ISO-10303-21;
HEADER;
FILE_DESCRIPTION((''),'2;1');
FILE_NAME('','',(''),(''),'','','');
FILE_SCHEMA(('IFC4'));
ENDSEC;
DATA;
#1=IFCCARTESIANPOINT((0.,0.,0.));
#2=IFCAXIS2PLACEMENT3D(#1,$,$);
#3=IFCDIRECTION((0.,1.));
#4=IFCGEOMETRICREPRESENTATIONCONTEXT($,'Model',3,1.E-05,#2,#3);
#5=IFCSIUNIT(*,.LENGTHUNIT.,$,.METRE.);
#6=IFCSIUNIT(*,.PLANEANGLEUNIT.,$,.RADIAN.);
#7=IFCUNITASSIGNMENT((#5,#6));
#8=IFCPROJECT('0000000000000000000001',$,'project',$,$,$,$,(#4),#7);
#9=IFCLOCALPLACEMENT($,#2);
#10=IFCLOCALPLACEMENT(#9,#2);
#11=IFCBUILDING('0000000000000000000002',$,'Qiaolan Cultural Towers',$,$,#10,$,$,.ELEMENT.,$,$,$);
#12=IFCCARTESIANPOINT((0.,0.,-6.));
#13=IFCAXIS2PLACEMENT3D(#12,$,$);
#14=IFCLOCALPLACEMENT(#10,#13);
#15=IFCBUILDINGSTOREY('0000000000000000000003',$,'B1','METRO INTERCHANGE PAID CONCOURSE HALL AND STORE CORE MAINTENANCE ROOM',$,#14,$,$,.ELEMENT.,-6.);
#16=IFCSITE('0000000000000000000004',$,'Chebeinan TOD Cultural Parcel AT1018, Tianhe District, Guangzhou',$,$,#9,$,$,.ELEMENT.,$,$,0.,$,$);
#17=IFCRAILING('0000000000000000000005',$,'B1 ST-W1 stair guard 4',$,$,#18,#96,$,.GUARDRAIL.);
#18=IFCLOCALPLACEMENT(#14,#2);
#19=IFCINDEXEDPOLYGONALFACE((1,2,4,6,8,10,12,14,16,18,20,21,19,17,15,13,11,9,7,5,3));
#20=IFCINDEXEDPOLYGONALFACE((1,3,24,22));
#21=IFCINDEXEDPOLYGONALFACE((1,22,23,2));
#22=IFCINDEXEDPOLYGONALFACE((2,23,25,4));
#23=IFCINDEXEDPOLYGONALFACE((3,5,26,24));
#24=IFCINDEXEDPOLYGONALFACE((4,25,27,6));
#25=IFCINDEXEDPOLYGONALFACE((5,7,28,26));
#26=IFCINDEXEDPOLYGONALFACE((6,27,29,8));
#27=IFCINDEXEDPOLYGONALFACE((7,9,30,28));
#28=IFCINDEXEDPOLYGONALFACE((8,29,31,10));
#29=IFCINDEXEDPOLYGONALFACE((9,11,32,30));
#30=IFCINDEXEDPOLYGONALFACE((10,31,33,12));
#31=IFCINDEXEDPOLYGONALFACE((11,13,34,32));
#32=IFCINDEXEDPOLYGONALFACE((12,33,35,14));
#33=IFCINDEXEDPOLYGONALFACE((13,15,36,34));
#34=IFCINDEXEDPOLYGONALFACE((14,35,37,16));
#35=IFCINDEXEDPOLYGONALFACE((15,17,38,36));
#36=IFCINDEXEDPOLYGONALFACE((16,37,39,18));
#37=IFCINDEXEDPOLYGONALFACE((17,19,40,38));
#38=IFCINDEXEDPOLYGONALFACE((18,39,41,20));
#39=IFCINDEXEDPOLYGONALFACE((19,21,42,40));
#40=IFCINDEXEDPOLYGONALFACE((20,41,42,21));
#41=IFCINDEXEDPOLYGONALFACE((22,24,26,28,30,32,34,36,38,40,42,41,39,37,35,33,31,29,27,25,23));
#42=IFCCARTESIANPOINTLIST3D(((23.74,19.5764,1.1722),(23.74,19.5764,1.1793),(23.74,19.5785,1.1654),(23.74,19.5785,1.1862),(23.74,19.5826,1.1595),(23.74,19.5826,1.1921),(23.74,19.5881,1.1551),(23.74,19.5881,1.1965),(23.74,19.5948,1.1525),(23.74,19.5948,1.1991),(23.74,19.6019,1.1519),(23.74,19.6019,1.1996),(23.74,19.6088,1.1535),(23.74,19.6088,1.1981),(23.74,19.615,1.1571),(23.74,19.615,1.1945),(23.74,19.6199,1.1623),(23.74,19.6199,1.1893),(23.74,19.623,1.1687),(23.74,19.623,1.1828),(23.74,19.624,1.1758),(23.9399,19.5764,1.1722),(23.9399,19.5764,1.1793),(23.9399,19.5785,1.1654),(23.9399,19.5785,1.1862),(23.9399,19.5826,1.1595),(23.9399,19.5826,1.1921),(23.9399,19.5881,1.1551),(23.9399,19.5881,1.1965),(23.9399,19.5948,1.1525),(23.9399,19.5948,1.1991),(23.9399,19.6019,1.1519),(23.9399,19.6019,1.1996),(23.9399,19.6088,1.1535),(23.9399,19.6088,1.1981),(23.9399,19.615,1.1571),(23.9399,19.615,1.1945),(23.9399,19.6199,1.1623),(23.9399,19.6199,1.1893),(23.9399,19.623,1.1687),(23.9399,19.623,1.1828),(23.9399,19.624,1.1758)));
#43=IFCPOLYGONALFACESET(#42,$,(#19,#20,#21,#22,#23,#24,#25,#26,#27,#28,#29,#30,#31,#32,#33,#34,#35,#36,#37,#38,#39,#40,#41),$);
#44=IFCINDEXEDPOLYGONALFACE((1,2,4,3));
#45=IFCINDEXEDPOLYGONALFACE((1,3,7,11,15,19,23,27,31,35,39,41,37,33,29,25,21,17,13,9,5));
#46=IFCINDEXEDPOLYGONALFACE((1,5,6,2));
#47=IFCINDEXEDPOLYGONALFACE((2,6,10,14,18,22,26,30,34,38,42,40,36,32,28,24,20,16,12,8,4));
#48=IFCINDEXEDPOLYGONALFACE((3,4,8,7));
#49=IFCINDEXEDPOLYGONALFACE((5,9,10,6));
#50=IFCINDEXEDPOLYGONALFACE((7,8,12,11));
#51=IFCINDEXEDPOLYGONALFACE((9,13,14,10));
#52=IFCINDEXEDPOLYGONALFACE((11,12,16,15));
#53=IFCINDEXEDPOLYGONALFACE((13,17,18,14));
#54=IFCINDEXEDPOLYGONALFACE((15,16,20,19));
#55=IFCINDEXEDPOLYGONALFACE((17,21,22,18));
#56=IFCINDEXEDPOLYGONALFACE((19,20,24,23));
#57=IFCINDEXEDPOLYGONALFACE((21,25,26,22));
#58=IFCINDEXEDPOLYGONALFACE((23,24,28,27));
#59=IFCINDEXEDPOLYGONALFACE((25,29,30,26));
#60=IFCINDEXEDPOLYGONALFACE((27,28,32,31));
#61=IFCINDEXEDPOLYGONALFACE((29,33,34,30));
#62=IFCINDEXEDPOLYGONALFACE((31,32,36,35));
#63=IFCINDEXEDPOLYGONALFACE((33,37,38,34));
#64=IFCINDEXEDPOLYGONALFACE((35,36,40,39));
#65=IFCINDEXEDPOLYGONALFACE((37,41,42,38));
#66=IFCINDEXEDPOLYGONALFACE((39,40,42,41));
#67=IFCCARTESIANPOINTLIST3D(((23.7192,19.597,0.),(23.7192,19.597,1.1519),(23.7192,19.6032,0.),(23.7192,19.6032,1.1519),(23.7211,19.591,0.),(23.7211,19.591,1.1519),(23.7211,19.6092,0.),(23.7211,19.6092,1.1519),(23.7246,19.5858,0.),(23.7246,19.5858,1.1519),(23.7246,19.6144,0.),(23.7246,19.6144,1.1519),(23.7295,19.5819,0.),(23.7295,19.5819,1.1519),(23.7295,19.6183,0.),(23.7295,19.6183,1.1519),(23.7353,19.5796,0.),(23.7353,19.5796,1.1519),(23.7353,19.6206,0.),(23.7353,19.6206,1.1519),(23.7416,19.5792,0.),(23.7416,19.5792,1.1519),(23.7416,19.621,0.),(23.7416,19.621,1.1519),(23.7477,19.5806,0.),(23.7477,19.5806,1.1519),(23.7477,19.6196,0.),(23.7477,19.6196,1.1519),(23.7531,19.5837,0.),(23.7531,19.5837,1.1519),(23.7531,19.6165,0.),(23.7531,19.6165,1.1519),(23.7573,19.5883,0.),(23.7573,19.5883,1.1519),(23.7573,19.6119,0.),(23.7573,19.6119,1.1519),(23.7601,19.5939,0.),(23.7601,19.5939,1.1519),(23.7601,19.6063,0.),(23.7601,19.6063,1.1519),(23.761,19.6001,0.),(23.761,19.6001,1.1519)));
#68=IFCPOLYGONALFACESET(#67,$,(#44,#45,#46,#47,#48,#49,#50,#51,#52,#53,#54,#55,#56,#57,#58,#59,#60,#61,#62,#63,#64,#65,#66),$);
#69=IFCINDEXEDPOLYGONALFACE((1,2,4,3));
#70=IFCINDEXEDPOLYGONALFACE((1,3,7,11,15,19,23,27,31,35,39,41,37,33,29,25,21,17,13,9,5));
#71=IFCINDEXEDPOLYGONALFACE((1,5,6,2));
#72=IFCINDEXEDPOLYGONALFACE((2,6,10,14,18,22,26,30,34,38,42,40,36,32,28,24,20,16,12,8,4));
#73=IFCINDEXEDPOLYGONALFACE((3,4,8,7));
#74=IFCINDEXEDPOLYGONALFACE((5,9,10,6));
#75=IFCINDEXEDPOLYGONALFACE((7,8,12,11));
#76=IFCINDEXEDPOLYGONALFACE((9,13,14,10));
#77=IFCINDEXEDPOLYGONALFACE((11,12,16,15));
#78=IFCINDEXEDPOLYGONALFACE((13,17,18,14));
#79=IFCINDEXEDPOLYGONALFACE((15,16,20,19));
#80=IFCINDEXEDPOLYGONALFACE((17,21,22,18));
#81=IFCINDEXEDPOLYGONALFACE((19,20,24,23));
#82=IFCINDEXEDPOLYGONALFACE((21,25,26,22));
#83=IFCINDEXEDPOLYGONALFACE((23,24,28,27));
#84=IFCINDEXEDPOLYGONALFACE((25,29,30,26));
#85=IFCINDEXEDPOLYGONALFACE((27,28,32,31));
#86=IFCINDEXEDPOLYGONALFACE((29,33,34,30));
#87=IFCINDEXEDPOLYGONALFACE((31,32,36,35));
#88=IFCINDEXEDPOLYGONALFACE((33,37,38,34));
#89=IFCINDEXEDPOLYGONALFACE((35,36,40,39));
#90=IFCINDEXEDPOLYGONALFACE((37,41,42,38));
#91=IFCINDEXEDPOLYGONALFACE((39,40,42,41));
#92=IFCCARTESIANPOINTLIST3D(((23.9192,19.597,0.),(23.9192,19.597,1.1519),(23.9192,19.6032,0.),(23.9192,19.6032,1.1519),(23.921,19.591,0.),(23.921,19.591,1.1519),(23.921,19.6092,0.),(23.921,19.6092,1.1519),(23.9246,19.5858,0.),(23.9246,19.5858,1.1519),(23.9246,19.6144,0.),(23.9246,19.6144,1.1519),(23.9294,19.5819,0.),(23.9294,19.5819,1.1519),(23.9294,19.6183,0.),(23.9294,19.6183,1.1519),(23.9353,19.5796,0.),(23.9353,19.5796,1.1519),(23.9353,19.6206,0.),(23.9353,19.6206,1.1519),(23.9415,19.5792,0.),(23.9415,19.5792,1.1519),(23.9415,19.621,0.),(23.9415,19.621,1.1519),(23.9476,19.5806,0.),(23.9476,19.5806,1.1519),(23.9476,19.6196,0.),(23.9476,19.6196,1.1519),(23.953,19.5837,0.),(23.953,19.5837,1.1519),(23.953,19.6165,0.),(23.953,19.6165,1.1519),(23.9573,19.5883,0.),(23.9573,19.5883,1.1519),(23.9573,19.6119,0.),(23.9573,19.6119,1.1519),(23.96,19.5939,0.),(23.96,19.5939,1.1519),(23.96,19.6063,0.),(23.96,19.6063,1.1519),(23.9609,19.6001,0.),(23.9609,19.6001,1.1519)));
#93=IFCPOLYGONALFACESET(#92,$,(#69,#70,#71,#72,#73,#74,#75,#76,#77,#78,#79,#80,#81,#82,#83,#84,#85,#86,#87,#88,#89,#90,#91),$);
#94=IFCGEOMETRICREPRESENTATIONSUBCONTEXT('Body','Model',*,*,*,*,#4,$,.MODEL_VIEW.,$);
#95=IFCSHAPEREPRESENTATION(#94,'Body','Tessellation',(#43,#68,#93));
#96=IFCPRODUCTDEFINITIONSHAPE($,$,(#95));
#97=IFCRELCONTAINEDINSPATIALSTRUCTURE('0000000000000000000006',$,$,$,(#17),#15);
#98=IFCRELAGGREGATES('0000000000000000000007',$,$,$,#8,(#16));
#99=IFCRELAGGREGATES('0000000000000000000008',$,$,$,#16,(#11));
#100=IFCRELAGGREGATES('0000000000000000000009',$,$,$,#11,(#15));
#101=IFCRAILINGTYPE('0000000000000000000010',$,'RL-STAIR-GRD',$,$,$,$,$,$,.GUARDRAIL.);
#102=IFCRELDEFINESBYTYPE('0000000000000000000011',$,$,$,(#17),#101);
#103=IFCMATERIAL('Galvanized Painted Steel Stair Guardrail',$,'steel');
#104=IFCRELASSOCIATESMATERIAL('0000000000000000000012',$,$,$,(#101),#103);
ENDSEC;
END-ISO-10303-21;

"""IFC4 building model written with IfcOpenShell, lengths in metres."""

from ifc_helpers import new_model, si_unit, direction, frame, origin, origin_2d, place, context, subcontext, project, spatial, circle, extrude, material, type_object, element, save


model = new_model("IFC4")

# Units and contexts
model_context = context("Model", 3, precision=1e-05, world=origin(), true_north=direction((0.0, 1.0)))
body_context = subcontext(model_context, "Body", "Model", "MODEL_VIEW")
ifc_project = project(units=[si_unit("LENGTHUNIT", "METRE"), si_unit("PLANEANGLEUNIT", "RADIAN")], contexts=[model_context])

# Site, building, storey
site_placement = place(None, origin())
site = spatial("IfcSite", under=ifc_project, at=site_placement, Name="Chebeinan TOD Cultural Parcel AT1018, Tianhe District, Guangzhou", CompositionType="ELEMENT", RefElevation=0.0)
building_placement = place(site_placement, origin())
building = spatial("IfcBuilding", under=site, at=building_placement, Name="Qiaolan Cultural Towers", CompositionType="ELEMENT")
storey_placement = place(building_placement, frame((0.0, 0.0, -6.0)))
storey = spatial("IfcBuildingStorey", under=building, at=storey_placement, Name="B1", Description="METRO INTERCHANGE PAID CONCOURSE HALL AND STORE CORE MAINTENANCE ROOM", CompositionType="ELEMENT", Elevation=-6.0)

# Railing
ifc_material_1 = material(Name="Galvanized Painted Steel Stair Guardrail", Category="steel")
railing_type_1 = type_object("IfcRailingType", Name="RL-STAIR-GRD", PredefinedType="GUARDRAIL", material=ifc_material_1)
railing_1_placement = place(storey_placement, frame((23.74, 19.6001, 0.0)))
element("IfcRailing", 1, at=railing_1_placement, inside=storey, type_object=railing_type_1, Name="B1 ST-W1 stair guard 4", PredefinedType="GUARDRAIL", context=body_context, shape_type="SweptSolid", body=[
    extrude(circle(Radius=0.0239, at=origin_2d()), frame((0.0, 0.0, 1.1758), z_axis=(1.0, 0.0, 0.0), x_axis=(0.0, 1.0, 0.0)), (0.0, 0.0, 1.0), 0.2),
    extrude(circle(Radius=0.021, at=origin_2d()), origin(), (0.0, 0.0, 1.0), 1.1519),
    extrude(circle(Radius=0.021, at=origin_2d()), frame((0.2, 0.0, 0.0)), (0.0, 0.0, 1.0), 1.1519),
])

save(model, "model.ifc")
